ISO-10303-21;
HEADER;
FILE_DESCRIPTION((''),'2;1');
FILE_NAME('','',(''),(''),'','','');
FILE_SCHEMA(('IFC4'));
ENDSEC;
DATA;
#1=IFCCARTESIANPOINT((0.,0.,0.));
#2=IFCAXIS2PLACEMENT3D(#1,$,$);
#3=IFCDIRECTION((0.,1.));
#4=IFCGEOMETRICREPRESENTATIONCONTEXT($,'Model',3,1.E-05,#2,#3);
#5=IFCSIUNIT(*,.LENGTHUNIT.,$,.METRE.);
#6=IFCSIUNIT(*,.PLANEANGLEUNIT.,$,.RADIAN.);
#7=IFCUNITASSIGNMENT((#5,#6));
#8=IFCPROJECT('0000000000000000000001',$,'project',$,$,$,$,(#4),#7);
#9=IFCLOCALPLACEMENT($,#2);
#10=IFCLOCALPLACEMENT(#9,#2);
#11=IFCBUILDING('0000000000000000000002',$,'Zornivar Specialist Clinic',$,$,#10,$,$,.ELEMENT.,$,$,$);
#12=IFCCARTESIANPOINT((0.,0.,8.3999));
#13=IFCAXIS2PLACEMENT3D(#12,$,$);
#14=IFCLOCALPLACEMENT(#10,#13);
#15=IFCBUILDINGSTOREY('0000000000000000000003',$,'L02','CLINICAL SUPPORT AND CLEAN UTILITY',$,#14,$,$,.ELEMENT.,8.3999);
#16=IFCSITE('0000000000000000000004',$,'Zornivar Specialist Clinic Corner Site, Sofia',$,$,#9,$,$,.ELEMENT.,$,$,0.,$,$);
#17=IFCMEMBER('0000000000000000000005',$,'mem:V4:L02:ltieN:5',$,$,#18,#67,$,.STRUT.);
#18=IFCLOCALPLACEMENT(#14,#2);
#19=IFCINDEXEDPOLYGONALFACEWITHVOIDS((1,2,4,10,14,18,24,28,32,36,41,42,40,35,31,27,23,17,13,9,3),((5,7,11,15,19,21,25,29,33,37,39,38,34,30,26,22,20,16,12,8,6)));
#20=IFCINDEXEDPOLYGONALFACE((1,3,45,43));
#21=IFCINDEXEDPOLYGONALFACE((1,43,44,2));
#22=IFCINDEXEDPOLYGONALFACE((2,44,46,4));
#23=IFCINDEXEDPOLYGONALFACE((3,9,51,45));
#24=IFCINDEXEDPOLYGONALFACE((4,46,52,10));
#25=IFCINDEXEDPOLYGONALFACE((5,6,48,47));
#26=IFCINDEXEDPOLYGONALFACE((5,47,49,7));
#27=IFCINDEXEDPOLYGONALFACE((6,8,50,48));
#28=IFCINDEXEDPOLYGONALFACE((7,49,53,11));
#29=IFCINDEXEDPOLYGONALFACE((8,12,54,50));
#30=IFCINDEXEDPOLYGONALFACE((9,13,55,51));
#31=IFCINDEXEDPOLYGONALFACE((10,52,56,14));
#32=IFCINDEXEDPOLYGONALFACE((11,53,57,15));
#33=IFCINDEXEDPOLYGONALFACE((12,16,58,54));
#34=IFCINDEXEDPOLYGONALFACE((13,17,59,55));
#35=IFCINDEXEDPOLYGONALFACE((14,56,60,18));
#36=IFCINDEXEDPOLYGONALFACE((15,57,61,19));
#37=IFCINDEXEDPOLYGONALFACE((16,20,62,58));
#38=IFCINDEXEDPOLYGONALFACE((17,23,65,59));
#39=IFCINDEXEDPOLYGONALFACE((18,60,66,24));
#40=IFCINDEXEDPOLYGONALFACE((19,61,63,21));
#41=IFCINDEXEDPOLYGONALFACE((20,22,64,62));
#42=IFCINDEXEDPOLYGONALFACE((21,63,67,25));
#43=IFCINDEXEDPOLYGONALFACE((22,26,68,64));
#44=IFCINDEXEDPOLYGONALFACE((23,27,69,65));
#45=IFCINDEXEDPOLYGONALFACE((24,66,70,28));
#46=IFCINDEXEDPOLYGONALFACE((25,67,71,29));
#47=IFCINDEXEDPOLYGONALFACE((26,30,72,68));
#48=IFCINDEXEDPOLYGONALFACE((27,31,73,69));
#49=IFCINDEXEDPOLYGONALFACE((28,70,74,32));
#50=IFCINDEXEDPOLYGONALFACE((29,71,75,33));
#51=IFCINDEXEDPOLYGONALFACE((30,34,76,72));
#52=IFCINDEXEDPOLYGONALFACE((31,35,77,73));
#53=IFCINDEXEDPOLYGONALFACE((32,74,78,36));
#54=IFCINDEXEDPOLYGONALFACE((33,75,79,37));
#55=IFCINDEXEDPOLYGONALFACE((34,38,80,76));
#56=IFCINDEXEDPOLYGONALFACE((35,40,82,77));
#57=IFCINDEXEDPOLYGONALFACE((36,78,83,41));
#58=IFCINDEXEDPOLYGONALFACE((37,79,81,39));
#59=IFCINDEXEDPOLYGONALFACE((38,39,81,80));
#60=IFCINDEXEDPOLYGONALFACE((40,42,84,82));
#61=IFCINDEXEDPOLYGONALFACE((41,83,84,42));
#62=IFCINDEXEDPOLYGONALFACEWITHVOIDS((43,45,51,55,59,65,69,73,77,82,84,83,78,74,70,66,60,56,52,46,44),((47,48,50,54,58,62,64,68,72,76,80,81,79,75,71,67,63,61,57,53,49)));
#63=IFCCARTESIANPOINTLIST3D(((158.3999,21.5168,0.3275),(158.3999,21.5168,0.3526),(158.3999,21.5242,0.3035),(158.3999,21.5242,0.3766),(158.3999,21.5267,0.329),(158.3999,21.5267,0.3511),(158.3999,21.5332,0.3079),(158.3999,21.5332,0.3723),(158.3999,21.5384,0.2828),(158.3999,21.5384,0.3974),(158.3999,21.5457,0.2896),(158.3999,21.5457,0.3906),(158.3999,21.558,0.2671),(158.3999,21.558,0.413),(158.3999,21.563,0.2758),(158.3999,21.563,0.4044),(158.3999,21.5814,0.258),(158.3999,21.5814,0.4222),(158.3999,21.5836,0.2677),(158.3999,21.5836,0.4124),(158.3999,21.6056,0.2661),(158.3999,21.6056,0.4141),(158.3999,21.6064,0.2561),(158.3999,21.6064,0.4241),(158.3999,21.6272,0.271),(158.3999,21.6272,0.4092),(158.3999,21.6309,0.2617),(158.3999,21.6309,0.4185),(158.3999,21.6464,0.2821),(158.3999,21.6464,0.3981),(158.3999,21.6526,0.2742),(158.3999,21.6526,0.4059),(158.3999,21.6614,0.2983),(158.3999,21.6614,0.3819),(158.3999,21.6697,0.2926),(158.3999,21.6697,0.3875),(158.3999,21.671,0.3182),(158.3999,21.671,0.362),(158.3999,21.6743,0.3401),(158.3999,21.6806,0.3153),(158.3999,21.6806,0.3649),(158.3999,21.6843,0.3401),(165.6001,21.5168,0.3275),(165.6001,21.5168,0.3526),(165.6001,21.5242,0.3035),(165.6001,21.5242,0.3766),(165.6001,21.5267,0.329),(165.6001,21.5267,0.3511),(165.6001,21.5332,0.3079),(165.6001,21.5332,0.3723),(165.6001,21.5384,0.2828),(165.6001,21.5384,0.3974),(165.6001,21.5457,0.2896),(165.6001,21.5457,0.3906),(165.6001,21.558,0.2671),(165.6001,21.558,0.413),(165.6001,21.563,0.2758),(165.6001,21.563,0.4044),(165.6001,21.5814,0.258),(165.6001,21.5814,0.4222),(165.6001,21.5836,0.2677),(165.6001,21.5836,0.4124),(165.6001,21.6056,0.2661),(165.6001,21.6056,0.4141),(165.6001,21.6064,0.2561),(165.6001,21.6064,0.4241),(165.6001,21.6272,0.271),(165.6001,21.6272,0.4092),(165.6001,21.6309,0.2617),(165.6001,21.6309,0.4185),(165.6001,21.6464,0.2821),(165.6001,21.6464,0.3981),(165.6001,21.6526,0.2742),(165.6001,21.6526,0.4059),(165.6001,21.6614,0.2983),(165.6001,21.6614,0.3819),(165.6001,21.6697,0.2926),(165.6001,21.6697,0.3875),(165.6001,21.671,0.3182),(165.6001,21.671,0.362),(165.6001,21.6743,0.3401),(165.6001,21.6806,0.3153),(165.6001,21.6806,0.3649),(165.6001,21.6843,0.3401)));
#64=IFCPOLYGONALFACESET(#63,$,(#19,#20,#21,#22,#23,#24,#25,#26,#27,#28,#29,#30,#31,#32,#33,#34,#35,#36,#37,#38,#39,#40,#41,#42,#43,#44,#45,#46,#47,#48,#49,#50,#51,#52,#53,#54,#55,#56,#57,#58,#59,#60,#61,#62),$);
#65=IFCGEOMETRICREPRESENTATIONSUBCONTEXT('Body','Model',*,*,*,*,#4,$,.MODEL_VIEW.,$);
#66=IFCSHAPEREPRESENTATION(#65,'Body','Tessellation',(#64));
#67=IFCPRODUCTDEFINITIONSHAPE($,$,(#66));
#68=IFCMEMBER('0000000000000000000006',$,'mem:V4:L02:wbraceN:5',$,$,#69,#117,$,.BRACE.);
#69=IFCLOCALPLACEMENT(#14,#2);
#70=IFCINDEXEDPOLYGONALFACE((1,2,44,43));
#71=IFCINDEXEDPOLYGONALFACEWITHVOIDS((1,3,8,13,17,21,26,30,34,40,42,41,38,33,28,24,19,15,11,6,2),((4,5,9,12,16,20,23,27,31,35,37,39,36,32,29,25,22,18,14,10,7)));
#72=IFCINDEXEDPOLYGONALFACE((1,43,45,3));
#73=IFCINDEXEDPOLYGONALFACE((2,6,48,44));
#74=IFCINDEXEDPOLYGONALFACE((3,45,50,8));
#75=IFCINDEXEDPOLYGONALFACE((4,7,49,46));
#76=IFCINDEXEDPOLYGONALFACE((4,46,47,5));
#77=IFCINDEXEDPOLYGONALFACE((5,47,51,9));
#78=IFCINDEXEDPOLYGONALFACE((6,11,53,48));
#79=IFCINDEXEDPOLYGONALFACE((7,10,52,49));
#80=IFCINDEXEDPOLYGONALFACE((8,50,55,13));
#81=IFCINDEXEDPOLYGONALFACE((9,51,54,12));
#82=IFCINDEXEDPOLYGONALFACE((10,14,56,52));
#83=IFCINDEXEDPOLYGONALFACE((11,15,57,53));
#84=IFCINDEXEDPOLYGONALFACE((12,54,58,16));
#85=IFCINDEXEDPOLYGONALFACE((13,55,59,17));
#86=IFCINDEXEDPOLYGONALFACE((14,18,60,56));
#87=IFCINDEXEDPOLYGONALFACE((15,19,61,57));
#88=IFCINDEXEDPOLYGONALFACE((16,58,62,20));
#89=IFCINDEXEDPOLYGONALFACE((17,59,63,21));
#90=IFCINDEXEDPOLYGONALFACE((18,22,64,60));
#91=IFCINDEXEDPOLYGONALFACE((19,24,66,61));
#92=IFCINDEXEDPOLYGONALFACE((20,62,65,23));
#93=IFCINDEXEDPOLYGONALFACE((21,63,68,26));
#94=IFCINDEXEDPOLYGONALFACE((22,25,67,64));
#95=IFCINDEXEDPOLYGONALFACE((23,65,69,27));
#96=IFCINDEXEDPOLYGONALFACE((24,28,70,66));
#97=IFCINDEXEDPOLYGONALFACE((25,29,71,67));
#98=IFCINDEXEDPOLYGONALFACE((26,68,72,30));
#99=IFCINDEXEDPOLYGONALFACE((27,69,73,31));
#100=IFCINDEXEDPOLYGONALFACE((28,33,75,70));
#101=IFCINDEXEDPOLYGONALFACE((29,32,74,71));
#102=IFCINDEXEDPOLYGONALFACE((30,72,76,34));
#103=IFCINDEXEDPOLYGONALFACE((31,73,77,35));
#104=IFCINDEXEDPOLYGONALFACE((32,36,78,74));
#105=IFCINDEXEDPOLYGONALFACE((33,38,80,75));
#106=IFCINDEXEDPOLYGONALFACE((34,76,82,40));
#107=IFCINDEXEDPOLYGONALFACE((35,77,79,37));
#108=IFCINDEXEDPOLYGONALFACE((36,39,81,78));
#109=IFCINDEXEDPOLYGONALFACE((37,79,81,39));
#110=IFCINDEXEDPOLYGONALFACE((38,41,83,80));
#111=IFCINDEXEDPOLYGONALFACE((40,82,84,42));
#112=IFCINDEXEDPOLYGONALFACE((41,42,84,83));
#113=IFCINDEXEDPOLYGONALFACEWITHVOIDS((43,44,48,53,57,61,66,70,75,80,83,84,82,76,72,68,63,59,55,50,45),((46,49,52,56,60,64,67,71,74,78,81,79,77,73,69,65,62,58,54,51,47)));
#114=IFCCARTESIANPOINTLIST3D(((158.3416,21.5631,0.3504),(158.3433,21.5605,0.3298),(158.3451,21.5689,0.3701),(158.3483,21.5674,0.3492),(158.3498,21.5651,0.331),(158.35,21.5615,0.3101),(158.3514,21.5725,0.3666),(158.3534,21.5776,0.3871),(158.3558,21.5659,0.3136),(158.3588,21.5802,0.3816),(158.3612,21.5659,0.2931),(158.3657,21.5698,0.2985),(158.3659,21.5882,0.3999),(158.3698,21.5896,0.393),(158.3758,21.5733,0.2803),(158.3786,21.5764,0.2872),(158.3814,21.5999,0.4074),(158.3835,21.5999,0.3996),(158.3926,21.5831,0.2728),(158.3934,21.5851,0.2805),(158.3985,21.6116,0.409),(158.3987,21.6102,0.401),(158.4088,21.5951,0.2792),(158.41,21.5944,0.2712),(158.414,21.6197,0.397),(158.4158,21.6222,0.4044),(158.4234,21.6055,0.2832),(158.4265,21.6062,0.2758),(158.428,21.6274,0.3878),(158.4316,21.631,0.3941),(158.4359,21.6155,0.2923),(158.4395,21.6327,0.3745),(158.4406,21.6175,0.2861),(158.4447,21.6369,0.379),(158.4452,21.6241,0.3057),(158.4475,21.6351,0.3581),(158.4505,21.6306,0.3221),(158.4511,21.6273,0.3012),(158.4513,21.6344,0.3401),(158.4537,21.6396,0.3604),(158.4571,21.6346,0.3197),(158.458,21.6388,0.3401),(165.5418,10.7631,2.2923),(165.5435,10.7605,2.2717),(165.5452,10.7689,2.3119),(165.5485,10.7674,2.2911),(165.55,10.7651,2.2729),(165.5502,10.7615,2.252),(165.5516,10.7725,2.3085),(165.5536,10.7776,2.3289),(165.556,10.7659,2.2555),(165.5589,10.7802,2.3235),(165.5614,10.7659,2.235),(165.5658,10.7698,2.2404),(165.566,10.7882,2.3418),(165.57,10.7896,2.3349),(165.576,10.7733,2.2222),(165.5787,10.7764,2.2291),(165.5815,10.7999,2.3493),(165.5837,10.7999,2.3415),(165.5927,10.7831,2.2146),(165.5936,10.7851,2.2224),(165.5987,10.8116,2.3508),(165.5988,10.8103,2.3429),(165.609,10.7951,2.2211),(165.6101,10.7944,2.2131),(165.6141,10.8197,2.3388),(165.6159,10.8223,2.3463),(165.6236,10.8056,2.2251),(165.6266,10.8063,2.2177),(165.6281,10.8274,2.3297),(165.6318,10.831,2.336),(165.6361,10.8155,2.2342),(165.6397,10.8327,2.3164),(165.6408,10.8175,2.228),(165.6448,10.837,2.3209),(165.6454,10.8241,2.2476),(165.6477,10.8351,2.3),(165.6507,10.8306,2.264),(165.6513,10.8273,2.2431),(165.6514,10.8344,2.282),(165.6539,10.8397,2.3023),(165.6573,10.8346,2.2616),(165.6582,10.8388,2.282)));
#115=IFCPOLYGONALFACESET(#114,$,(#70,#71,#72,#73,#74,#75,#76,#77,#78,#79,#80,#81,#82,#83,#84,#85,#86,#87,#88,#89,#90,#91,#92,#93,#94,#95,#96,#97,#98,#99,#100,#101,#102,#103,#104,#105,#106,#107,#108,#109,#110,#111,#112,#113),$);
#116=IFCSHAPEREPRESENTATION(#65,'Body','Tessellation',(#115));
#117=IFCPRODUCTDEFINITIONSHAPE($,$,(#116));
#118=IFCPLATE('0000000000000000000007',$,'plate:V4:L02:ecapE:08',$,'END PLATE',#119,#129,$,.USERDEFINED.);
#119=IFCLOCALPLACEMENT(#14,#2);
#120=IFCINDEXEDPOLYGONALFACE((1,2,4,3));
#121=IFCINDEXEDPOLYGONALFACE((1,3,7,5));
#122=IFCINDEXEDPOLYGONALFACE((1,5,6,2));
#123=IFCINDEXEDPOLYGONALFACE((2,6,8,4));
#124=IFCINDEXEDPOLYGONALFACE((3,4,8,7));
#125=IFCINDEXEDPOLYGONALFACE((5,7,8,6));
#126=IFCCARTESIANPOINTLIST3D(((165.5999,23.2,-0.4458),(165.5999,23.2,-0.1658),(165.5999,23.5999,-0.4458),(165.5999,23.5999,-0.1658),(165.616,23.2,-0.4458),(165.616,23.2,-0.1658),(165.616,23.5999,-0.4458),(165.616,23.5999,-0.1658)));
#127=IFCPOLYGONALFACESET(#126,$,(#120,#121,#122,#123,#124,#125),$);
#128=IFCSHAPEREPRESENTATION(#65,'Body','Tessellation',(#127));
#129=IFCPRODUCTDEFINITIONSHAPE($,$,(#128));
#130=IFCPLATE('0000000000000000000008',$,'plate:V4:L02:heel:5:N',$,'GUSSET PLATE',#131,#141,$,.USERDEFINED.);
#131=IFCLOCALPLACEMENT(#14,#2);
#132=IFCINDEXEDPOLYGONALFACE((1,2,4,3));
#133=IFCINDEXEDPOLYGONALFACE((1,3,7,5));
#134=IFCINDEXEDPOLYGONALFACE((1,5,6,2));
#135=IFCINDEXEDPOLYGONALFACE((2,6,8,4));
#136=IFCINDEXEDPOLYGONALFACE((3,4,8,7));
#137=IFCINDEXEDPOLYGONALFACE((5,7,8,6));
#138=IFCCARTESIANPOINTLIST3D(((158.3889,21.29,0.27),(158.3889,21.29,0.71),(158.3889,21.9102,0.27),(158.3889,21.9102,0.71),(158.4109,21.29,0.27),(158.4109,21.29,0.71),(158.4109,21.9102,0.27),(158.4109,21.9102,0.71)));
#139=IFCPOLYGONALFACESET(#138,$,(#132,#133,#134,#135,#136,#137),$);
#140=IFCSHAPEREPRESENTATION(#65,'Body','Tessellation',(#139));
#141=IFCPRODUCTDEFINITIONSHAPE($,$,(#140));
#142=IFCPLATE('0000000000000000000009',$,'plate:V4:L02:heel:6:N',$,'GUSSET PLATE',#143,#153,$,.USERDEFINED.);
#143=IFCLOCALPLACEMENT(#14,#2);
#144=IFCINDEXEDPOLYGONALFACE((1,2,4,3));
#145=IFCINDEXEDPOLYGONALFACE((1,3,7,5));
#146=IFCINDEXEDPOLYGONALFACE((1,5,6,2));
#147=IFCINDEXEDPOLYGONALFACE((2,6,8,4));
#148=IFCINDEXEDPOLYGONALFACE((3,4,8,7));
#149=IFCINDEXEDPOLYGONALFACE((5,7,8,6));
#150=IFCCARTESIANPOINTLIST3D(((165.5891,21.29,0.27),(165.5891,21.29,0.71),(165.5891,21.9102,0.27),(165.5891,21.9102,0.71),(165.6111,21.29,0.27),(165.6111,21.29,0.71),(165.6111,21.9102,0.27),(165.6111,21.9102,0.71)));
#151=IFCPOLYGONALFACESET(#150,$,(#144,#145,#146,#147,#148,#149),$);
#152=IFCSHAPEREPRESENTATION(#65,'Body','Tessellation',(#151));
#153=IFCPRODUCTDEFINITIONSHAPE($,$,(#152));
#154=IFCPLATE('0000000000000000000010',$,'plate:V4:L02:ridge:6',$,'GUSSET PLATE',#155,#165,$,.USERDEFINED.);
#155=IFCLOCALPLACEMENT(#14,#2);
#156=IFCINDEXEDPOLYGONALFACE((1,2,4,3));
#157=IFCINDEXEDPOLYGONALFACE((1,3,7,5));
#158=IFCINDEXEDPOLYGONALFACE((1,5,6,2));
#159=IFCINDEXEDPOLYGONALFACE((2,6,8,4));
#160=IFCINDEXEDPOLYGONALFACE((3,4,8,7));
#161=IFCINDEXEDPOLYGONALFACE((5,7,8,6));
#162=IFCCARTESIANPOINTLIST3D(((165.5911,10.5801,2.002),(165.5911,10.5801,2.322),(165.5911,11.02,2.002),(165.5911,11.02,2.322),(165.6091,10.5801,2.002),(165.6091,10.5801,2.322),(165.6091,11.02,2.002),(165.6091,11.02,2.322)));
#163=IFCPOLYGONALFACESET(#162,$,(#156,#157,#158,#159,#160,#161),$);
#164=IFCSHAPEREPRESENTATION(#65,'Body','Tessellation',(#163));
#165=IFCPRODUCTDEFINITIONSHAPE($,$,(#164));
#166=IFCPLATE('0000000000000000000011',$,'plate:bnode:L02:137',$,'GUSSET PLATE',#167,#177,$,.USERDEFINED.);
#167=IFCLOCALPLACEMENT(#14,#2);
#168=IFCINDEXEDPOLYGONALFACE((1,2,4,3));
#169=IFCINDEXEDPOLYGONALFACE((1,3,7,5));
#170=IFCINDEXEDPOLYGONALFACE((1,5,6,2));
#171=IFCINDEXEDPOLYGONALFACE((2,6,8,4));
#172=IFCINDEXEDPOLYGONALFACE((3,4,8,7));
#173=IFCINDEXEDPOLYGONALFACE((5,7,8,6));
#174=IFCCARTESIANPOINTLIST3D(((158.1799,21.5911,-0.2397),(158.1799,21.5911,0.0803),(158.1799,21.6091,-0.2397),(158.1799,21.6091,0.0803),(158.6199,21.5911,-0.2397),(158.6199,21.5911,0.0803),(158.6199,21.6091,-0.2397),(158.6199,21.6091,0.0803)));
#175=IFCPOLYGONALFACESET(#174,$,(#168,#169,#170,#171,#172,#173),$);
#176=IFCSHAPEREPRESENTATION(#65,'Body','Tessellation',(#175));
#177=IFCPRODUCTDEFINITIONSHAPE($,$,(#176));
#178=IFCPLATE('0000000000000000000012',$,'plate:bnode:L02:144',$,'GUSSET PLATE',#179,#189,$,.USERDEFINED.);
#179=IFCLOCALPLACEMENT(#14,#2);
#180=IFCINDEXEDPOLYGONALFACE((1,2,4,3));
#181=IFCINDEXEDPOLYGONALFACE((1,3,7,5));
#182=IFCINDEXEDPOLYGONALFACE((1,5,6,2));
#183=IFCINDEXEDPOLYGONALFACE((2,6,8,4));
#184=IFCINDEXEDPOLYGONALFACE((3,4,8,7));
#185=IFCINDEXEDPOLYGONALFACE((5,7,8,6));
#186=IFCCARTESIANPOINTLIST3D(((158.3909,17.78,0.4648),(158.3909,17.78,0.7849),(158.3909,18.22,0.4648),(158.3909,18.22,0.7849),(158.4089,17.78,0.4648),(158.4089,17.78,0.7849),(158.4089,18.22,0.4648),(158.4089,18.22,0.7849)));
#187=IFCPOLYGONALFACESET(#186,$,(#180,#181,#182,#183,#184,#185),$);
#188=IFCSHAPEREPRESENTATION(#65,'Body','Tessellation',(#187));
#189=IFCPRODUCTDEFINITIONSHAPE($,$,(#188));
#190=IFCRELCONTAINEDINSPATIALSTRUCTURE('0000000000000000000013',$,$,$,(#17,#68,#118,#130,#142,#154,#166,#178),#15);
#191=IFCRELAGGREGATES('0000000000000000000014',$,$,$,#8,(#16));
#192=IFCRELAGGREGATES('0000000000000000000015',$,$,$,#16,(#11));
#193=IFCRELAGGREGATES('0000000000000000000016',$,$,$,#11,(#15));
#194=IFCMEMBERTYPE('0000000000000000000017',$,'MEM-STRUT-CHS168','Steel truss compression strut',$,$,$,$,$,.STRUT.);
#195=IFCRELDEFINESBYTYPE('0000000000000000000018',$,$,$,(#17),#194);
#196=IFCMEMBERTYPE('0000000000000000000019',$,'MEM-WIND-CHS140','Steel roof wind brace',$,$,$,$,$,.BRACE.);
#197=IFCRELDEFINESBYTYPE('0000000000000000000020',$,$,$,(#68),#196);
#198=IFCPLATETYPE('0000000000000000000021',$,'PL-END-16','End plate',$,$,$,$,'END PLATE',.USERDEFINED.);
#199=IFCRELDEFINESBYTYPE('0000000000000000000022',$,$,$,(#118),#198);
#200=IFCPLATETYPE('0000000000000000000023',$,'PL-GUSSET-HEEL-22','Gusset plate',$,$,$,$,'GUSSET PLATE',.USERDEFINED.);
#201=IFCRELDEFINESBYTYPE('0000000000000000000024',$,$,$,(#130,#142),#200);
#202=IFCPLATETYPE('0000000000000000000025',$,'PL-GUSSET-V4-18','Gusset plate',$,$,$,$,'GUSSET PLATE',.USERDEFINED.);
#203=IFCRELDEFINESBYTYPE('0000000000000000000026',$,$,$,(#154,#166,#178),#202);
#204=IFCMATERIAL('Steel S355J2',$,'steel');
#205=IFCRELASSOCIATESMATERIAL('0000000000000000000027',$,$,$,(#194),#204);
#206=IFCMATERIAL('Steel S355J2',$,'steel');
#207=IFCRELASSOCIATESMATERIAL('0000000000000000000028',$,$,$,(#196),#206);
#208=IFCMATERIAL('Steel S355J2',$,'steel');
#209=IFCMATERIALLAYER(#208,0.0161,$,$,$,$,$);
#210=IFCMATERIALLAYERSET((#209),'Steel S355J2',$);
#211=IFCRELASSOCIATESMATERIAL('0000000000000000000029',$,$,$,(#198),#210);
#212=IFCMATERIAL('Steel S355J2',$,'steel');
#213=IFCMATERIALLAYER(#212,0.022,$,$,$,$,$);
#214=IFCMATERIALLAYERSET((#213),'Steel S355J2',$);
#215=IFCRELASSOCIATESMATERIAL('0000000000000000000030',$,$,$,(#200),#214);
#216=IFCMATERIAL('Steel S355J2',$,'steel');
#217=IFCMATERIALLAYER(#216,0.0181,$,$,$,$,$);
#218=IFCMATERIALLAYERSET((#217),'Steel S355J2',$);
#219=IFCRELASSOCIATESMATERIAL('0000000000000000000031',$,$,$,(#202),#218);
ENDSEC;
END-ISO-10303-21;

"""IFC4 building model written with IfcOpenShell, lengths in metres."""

from ifc_helpers import new_model, si_unit, direction, frame, origin, origin_2d, place, context, subcontext, project, spatial, rectangle, hollow_circle, extrude, material, layer, layer_set, material_profile, profile_set, type_object, element, save


model = new_model("IFC4")

# Units and contexts
model_context = context("Model", 3, precision=1e-05, world=origin(), true_north=direction((0.0, 1.0)))
body_context = subcontext(model_context, "Body", "Model", "MODEL_VIEW")
ifc_project = project(units=[si_unit("LENGTHUNIT", "METRE"), si_unit("PLANEANGLEUNIT", "RADIAN")], contexts=[model_context])

# Site, building, storey
site_placement = place(None, origin())
site = spatial("IfcSite", under=ifc_project, at=site_placement, Name="Zornivar Specialist Clinic Corner Site, Sofia", CompositionType="ELEMENT", RefElevation=0.0)
building_placement = place(site_placement, origin())
building = spatial("IfcBuilding", under=site, at=building_placement, Name="Zornivar Specialist Clinic", CompositionType="ELEMENT")
storey_placement = place(building_placement, frame((0.0, 0.0, 8.3999)))
storey = spatial("IfcBuildingStorey", under=building, at=storey_placement, Name="L02", Description="CLINICAL SUPPORT AND CLEAN UTILITY", CompositionType="ELEMENT", Elevation=8.3999)

# Members
ifc_material_1 = material(Name="Steel S355J2", Category="steel")
ifc_material_profile_1 = material_profile(ifc_material_1, hollow_circle(Radius=0.0842, WallThickness=0.01, at=origin_2d()), Name="CHS 168.3x10")
ifc_profile_set_1 = profile_set([ifc_material_profile_1], Name="Steel S355J2")
member_type_1 = type_object("IfcMemberType", Name="MEM-STRUT-CHS168", Description="Steel truss compression strut", PredefinedType="STRUT", material=ifc_profile_set_1)
member_1_placement = place(storey_placement, frame((158.3999, 21.6001, 0.3401), z_axis=(1.0, 0.0, 0.0), x_axis=(0.0, 1.0, 0.0)))
element("IfcMember", 1, at=member_1_placement, inside=storey, type_object=member_type_1, Name="mem:V4:L02:ltieN:5", PredefinedType="STRUT", context=body_context, shape_type="SweptSolid", body=[
    extrude(hollow_circle(Radius=0.0842, WallThickness=0.01, at=origin_2d()), origin(), (0.0, 0.0, 1.0), 7.2002),
])
ifc_material_2 = material(Name="Steel S355J2", Category="steel")
ifc_material_profile_2 = material_profile(ifc_material_2, hollow_circle(Radius=0.0698, WallThickness=0.0081, at=origin_2d()), Name="CHS 139.7x8")
ifc_profile_set_2 = profile_set([ifc_material_profile_2], Name="Steel S355J2")
member_type_2 = type_object("IfcMemberType", Name="MEM-WIND-CHS140", Description="Steel roof wind brace", PredefinedType="BRACE", material=ifc_profile_set_2)
member_2_placement = place(storey_placement, frame((158.3999, 21.6001, 0.3401), z_axis=(0.548604, -0.822887, 0.147959), x_axis=(0.832045, 0.554709, 0.0)))
element("IfcMember", 2, at=member_2_placement, inside=storey, type_object=member_type_2, Name="mem:V4:L02:wbraceN:5", PredefinedType="BRACE", context=body_context, shape_type="SweptSolid", body=[
    extrude(hollow_circle(Radius=0.0698, WallThickness=0.0081, at=origin_2d()), origin(), (0.0, 0.0, 1.0), 13.1245),
])

# Plates
ifc_material_3 = material(Name="Steel S355J2", Category="steel")
ifc_layer_1 = layer(ifc_material_3, 0.0161)
ifc_layer_set_1 = layer_set([ifc_layer_1], Name="Steel S355J2")
plate_type_1 = type_object("IfcPlateType", Name="PL-END-16", Description="End plate", ElementType="END PLATE", PredefinedType="USERDEFINED", material=ifc_layer_set_1)
plate_1_placement = place(storey_placement, frame((165.6079, 23.3999, -0.4458), z_axis=(0.0, 0.0, 1.0), x_axis=(1.0, 0.0, 0.0)))
element("IfcPlate", 3, at=plate_1_placement, inside=storey, type_object=plate_type_1, Name="plate:V4:L02:ecapE:08", ObjectType="END PLATE", PredefinedType="USERDEFINED", context=body_context, shape_type="SweptSolid", body=[
    extrude(rectangle(XDim=0.0161, YDim=0.3999, at=origin_2d()), origin(), (0.0, 0.0, 1.0), 0.28),
])
ifc_material_4 = material(Name="Steel S355J2", Category="steel")
ifc_layer_2 = layer(ifc_material_4, 0.022)
ifc_layer_set_2 = layer_set([ifc_layer_2], Name="Steel S355J2")
plate_type_2 = type_object("IfcPlateType", Name="PL-GUSSET-HEEL-22", Description="Gusset plate", ElementType="GUSSET PLATE", PredefinedType="USERDEFINED", material=ifc_layer_set_2)
for number, where, z_axis, x_axis, name in (
    (4, (158.3999, 21.6001, 0.27), (0.0, 0.0, 1.0), (1.0, 0.0, 0.0), "plate:V4:L02:heel:5:N"),
    (5, (165.6001, 21.6001, 0.27), (0.0, 0.0, 1.0), (1.0, 0.0, 0.0), "plate:V4:L02:heel:6:N"),
):
    element("IfcPlate", number, at=place(storey_placement, frame(where, z_axis=z_axis, x_axis=x_axis)), inside=storey, type_object=plate_type_2, Name=name, ObjectType="GUSSET PLATE", PredefinedType="USERDEFINED", context=body_context, shape_type="SweptSolid", body=[
        extrude(rectangle(XDim=0.022, YDim=0.6201, at=origin_2d()), origin(), (0.0, 0.0, 1.0), 0.4399),
    ])
ifc_material_5 = material(Name="Steel S355J2", Category="steel")
ifc_layer_3 = layer(ifc_material_5, 0.0181)
ifc_layer_set_3 = layer_set([ifc_layer_3], Name="Steel S355J2")
plate_type_3 = type_object("IfcPlateType", Name="PL-GUSSET-V4-18", Description="Gusset plate", ElementType="GUSSET PLATE", PredefinedType="USERDEFINED", material=ifc_layer_set_3)
plate_2_placement = place(storey_placement, frame((165.6001, 10.8, 2.002), z_axis=(0.0, 0.0, 1.0), x_axis=(1.0, 0.0, 0.0)))
element("IfcPlate", 6, at=plate_2_placement, inside=storey, type_object=plate_type_3, Name="plate:V4:L02:ridge:6", ObjectType="GUSSET PLATE", PredefinedType="USERDEFINED", context=body_context, shape_type="SweptSolid", body=[
    extrude(rectangle(XDim=0.0181, YDim=0.4399, at=origin_2d()), origin(), (0.0, 0.0, 1.0), 0.3201),
])
for number, where, z_axis, x_axis, name in (
    (7, (158.3999, 21.6001, -0.2397), (0.0, 0.0, 1.0), (1.0, 0.0, 0.0), "plate:bnode:L02:137"),
    (8, (158.3999, 18.0, 0.4648), (0.0, 0.0, 1.0), (0.0, 1.0, 0.0), "plate:bnode:L02:144"),
):
    element("IfcPlate", number, at=place(storey_placement, frame(where, z_axis=z_axis, x_axis=x_axis)), inside=storey, type_object=plate_type_3, Name=name, ObjectType="GUSSET PLATE", PredefinedType="USERDEFINED", context=body_context, shape_type="SweptSolid", body=[
        extrude(rectangle(XDim=0.4399, YDim=0.0181, at=origin_2d()), origin(), (0.0, 0.0, 1.0), 0.3201),
    ])

save(model, "model.ifc")
